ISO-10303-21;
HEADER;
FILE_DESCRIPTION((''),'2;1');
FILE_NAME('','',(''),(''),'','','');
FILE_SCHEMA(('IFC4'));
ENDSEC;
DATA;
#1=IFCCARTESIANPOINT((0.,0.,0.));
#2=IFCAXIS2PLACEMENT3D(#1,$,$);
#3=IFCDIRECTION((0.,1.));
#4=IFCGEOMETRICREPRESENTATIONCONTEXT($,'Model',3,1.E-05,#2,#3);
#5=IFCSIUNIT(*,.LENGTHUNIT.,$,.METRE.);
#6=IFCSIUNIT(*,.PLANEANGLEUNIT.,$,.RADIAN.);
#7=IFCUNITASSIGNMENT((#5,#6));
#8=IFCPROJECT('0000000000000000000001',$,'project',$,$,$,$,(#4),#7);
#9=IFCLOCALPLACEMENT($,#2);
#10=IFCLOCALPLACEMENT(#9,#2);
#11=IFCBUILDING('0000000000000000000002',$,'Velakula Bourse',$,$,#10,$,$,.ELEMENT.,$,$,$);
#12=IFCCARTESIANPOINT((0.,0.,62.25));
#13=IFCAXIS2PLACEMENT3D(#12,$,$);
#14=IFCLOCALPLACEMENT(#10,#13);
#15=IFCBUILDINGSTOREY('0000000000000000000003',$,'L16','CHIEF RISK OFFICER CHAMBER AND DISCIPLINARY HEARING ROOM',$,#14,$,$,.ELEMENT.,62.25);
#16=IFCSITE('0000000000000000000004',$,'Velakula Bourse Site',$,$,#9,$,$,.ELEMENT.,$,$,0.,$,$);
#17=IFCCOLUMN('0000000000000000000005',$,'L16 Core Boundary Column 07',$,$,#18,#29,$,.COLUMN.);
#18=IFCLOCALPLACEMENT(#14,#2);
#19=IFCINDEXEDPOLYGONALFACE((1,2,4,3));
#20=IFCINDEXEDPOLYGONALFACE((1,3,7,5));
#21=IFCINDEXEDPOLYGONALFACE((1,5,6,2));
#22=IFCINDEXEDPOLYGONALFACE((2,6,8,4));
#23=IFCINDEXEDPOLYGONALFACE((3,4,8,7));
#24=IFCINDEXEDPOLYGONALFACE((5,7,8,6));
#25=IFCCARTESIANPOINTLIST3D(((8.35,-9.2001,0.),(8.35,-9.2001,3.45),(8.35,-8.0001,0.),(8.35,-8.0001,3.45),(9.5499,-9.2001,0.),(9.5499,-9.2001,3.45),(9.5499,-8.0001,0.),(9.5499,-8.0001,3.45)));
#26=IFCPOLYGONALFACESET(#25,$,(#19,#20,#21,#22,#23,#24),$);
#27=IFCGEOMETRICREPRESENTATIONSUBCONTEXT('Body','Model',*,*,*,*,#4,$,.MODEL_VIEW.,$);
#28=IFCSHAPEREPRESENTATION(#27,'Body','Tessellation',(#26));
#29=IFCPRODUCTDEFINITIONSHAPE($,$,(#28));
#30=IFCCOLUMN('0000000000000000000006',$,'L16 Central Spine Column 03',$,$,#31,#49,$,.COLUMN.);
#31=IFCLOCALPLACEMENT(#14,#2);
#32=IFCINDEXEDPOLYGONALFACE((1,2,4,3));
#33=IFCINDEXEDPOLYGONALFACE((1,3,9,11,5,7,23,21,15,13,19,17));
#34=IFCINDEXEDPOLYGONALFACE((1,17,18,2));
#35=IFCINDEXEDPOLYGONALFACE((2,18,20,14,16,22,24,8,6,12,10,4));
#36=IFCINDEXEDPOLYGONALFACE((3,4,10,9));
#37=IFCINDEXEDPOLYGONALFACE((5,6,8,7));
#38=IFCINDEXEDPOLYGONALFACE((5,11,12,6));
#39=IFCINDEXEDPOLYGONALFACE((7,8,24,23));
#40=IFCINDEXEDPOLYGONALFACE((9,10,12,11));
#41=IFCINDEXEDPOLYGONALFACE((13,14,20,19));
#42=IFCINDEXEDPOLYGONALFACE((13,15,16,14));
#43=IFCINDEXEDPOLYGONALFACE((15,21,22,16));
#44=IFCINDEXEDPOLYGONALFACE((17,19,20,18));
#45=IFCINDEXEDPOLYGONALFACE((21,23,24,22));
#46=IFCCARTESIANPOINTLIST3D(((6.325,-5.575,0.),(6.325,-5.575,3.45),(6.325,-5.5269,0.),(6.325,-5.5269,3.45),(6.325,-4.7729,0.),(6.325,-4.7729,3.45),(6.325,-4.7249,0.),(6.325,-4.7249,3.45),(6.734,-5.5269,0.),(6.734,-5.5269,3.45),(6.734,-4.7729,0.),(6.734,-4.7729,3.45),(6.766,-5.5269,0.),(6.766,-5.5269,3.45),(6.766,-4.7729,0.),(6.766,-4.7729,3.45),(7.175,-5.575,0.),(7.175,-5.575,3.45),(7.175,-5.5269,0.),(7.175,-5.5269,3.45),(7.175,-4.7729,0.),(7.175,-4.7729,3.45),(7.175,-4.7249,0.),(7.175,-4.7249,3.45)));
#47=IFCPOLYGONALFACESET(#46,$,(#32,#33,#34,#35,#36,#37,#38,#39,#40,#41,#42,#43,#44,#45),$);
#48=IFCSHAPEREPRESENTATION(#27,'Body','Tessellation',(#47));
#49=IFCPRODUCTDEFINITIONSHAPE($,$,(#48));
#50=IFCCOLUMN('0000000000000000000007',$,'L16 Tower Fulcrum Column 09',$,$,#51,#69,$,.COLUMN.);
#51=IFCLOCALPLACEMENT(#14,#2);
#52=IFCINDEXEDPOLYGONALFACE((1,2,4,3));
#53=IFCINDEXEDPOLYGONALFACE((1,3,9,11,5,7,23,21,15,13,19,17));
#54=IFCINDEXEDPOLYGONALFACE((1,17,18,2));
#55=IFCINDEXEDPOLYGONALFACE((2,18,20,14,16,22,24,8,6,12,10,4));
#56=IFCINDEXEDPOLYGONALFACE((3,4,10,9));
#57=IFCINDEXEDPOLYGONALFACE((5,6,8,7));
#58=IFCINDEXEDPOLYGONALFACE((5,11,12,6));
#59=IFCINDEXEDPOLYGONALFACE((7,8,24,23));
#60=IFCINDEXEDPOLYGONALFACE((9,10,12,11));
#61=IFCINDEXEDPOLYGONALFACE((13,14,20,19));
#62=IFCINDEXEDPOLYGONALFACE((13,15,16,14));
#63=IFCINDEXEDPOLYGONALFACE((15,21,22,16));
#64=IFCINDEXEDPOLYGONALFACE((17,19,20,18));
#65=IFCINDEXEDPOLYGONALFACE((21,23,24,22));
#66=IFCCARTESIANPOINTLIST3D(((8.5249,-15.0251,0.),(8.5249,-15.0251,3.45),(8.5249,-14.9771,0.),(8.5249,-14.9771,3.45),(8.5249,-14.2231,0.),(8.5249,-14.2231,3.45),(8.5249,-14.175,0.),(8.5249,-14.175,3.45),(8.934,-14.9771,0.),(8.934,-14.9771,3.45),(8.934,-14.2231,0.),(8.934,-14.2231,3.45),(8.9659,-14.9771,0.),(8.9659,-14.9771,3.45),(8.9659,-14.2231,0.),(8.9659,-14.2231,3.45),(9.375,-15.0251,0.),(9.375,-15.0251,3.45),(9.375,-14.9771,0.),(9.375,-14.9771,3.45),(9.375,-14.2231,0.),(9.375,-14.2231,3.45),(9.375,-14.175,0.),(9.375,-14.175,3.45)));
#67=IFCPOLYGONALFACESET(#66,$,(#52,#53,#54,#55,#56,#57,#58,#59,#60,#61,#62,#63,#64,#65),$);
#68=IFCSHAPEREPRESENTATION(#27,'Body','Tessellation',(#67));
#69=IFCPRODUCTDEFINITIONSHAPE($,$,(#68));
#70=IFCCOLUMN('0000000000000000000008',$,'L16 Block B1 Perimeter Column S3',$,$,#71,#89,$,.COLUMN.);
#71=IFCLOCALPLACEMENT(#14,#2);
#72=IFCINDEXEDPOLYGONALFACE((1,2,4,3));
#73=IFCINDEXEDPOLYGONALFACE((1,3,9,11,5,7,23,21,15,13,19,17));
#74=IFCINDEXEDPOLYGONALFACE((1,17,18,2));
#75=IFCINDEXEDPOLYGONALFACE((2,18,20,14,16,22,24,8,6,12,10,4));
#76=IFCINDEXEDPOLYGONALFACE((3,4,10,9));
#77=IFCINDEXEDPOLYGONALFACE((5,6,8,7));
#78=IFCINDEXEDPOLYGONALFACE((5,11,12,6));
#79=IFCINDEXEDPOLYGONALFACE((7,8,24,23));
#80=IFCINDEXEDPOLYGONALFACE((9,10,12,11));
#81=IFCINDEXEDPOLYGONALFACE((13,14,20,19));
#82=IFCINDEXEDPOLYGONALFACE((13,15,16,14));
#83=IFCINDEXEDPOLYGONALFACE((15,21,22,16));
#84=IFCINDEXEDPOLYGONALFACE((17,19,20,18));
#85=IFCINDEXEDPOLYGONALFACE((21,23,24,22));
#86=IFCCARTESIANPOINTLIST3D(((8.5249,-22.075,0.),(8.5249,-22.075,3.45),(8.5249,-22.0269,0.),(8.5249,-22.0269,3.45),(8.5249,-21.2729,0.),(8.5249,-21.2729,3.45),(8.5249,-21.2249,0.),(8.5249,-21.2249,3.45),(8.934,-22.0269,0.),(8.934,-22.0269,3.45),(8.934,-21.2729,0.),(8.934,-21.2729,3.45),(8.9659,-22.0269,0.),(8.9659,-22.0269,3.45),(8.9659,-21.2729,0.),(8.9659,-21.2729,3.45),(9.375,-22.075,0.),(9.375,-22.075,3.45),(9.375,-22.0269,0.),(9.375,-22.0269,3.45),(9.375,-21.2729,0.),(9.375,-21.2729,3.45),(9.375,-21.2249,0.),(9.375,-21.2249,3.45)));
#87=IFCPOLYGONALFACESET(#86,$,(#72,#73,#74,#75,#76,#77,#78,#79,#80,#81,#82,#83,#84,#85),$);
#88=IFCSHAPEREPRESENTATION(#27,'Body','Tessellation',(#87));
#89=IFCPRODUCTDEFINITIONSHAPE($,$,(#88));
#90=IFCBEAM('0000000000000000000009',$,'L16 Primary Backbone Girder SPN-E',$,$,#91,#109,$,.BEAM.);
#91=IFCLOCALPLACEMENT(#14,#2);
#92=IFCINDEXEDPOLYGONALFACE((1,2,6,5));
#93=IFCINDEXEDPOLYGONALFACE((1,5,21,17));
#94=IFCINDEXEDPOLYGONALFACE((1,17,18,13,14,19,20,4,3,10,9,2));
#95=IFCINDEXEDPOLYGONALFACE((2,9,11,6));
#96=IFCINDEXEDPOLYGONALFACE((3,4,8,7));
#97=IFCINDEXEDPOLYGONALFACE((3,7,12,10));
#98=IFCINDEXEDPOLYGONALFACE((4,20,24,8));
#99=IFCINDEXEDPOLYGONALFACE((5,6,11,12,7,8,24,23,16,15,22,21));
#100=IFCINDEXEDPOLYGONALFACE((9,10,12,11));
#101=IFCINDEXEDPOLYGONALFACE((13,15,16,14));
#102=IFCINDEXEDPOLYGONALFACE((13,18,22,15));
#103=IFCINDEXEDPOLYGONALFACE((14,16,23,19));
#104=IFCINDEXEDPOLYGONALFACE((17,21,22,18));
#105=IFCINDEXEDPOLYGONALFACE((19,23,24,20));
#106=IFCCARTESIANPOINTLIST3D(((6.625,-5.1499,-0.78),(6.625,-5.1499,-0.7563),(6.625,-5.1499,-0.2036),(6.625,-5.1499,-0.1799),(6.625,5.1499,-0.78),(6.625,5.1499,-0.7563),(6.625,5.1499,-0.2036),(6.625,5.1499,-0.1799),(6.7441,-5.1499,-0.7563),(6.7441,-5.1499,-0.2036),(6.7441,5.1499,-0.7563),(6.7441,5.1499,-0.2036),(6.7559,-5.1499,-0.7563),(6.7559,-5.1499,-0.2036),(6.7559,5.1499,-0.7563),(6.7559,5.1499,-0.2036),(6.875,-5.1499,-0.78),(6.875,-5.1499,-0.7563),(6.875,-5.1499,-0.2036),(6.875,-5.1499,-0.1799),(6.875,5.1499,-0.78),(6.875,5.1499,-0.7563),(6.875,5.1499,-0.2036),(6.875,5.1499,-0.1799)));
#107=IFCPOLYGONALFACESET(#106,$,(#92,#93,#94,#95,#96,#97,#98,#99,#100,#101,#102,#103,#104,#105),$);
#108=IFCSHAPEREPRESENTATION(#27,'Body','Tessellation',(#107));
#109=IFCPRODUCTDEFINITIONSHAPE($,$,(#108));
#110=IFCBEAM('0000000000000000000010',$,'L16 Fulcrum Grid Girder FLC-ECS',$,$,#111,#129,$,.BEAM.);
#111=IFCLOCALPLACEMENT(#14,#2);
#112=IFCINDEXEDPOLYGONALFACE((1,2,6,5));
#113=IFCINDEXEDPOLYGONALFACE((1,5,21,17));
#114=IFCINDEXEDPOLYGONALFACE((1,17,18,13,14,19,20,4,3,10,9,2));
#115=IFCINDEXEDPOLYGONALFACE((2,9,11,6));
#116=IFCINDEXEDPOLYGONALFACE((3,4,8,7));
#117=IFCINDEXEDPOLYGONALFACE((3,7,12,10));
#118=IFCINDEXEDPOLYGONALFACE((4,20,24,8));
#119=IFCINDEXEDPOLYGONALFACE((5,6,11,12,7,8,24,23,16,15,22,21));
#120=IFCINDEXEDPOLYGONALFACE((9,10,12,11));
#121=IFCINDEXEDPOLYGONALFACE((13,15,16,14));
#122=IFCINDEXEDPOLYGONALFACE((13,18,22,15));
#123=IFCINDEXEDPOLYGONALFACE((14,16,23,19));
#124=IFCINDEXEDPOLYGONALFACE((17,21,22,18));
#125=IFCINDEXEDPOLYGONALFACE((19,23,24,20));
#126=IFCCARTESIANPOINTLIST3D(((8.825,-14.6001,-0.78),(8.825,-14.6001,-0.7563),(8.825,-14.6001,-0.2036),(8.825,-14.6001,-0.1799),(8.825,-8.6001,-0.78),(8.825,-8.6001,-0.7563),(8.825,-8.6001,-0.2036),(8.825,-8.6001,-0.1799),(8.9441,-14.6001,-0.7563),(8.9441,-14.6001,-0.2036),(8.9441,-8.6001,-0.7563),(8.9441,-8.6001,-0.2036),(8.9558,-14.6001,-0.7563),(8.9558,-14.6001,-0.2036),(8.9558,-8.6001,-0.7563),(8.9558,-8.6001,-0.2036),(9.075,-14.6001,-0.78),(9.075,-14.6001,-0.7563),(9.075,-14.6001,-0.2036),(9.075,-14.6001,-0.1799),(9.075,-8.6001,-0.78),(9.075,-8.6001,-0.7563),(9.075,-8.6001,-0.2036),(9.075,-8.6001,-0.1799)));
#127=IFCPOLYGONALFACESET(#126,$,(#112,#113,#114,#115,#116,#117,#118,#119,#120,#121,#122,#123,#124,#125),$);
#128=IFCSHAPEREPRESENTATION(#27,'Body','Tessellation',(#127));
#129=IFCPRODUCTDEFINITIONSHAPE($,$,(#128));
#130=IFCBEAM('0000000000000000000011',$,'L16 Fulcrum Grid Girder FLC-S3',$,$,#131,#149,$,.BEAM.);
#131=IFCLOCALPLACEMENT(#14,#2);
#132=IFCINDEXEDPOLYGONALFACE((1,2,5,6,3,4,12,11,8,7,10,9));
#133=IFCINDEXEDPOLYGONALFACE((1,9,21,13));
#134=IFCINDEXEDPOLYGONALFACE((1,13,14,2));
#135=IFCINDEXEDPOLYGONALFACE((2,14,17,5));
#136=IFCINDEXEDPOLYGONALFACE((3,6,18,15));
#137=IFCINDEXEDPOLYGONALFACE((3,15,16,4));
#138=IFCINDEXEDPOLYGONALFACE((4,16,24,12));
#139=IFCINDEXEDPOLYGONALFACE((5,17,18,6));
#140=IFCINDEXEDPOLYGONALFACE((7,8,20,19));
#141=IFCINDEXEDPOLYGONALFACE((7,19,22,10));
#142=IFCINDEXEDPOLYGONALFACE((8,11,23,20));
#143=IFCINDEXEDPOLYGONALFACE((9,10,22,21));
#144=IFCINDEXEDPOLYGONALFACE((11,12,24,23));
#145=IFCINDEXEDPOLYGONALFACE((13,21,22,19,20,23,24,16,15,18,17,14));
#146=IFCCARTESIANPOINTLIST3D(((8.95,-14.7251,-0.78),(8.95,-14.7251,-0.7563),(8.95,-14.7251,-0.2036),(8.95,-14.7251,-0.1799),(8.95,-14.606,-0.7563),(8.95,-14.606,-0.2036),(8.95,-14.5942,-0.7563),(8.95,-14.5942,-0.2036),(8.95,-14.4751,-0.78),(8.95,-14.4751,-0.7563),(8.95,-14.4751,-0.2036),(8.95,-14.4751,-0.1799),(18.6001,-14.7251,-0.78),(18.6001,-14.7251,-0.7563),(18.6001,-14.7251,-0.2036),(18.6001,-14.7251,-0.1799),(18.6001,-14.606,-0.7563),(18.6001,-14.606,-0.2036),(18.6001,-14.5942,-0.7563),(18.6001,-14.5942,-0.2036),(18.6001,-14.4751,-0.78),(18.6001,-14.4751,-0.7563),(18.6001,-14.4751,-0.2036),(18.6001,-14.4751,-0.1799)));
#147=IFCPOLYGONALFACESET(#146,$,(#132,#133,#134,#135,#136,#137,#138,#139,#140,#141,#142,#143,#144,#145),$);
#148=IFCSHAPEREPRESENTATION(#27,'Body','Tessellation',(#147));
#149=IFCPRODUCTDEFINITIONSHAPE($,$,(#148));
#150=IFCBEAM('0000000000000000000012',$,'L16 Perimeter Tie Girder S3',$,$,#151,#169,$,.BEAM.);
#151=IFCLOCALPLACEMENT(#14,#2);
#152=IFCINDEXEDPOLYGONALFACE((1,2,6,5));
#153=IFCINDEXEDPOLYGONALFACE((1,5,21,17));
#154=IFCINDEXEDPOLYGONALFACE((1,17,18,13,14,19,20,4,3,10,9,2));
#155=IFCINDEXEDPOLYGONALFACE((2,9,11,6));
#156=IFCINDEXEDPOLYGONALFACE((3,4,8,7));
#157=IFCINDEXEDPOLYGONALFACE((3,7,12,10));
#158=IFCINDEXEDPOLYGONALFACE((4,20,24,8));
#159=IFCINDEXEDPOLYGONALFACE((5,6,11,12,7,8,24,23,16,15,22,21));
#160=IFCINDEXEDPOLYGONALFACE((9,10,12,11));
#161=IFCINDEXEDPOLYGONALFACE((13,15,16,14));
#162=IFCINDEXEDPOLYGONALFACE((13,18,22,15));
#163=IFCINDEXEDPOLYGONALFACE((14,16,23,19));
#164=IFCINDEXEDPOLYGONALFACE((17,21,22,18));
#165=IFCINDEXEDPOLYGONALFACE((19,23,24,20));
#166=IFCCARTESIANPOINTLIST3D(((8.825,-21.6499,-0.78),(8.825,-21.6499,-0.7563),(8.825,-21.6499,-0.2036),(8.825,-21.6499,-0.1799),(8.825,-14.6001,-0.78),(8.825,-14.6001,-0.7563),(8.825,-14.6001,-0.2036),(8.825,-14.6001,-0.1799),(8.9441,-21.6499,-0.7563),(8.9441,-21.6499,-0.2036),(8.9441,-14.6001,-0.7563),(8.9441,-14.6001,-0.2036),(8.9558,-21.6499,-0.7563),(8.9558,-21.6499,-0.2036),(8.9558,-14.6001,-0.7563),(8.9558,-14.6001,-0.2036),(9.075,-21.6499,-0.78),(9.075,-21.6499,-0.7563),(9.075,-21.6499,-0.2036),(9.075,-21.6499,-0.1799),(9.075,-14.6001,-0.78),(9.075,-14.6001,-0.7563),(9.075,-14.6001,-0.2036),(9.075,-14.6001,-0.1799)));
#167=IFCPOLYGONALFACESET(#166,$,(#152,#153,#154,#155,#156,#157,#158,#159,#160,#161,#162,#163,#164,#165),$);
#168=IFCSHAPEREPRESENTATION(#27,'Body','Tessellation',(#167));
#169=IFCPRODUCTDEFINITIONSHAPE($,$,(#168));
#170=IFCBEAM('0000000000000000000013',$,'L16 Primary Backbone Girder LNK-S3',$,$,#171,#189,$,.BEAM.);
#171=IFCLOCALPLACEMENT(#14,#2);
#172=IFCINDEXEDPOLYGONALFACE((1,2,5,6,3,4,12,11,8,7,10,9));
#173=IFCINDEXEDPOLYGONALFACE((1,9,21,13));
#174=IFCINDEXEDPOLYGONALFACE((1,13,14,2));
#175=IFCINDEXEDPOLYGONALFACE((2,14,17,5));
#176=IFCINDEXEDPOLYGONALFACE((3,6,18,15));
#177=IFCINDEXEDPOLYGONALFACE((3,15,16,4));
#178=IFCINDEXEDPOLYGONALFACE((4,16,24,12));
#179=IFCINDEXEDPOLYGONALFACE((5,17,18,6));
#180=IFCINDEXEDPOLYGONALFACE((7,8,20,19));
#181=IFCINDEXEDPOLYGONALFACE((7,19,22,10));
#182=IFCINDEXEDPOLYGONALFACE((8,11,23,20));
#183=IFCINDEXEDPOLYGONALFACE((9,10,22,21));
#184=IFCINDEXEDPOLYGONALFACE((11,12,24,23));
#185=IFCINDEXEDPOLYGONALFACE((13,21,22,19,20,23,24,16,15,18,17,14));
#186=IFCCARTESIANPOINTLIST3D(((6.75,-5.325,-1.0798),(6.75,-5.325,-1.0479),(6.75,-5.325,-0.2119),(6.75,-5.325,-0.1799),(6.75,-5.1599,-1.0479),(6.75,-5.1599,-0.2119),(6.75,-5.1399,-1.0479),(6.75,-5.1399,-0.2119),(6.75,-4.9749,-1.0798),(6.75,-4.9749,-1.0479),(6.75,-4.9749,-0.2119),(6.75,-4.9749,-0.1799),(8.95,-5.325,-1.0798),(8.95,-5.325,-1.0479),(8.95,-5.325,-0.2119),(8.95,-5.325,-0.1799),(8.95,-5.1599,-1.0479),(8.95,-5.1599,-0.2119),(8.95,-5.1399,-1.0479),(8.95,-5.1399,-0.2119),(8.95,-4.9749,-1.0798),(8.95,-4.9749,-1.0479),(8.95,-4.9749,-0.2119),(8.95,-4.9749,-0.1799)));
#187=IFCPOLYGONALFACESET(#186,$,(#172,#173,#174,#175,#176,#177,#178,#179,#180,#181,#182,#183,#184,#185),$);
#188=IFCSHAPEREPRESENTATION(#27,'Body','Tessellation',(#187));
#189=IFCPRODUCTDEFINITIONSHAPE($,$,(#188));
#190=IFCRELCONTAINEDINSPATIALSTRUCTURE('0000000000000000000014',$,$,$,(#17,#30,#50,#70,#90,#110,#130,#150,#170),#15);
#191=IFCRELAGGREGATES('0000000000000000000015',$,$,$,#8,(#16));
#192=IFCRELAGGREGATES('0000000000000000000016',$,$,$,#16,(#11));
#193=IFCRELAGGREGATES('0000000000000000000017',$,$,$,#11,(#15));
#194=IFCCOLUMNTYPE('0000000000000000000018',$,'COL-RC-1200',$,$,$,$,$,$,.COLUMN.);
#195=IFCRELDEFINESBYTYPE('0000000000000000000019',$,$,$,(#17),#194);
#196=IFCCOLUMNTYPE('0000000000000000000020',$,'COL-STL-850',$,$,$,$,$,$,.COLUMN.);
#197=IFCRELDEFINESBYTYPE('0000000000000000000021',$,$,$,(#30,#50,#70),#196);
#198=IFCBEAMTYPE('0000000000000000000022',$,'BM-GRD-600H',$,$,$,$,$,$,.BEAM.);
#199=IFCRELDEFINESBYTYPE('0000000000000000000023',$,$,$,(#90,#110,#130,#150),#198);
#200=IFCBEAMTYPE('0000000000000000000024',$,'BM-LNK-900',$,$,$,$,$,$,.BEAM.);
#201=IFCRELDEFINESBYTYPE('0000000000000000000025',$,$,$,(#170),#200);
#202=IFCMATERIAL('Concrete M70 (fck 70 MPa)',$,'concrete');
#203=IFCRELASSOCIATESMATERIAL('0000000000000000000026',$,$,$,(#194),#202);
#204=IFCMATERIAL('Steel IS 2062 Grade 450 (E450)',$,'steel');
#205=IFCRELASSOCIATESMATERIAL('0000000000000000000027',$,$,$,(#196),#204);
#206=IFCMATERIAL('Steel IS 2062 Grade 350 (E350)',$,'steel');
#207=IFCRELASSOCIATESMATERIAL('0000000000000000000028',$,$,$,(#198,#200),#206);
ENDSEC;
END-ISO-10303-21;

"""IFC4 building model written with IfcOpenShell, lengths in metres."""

from ifc_helpers import new_model, si_unit, direction, frame, origin, origin_2d, place, context, subcontext, project, spatial, rectangle, i_section, extrude, material, material_profile, profile_set, type_object, element, save


model = new_model("IFC4")

# Units and contexts
model_context = context("Model", 3, precision=1e-05, world=origin(), true_north=direction((0.0, 1.0)))
body_context = subcontext(model_context, "Body", "Model", "MODEL_VIEW")
ifc_project = project(units=[si_unit("LENGTHUNIT", "METRE"), si_unit("PLANEANGLEUNIT", "RADIAN")], contexts=[model_context])

# Site, building, storey
site_placement = place(None, origin())
site = spatial("IfcSite", under=ifc_project, at=site_placement, Name="Velakula Bourse Site", CompositionType="ELEMENT", RefElevation=0.0)
building_placement = place(site_placement, origin())
building = spatial("IfcBuilding", under=site, at=building_placement, Name="Velakula Bourse", CompositionType="ELEMENT")
storey_placement = place(building_placement, frame((0.0, 0.0, 62.25)))
storey = spatial("IfcBuildingStorey", under=building, at=storey_placement, Name="L16", Description="CHIEF RISK OFFICER CHAMBER AND DISCIPLINARY HEARING ROOM", CompositionType="ELEMENT", Elevation=62.25)

# Columns
ifc_material_1 = material(Name="Concrete M70 (fck 70 MPa)", Category="concrete")
ifc_material_profile_1 = material_profile(ifc_material_1, rectangle(XDim=1.2, YDim=1.2, at=origin_2d()), Name="Concrete M70 (fck 70 MPa)")
ifc_profile_set_1 = profile_set([ifc_material_profile_1], Name="Concrete M70 (fck 70 MPa)")
column_type_1 = type_object("IfcColumnType", Name="COL-RC-1200", PredefinedType="COLUMN", material=ifc_profile_set_1)
column_placement = place(storey_placement, frame((8.95, -8.6001, 0.0), z_axis=(0.0, 0.0, 1.0), x_axis=(1.0, 0.0, 0.0)))
element("IfcColumn", 1, at=column_placement, inside=storey, type_object=column_type_1, Name="L16 Core Boundary Column 07", PredefinedType="COLUMN", context=body_context, shape_type="SweptSolid", body=[
    extrude(rectangle(XDim=1.2, YDim=1.2, at=origin_2d()), origin(), (0.0, 0.0, 1.0), 3.45),
])
ifc_material_2 = material(Name="Steel IS 2062 Grade 450 (E450)", Category="steel")
ifc_material_profile_2 = material_profile(ifc_material_2, i_section(OverallWidth=0.8501, OverallDepth=0.8501, WebThickness=0.032, FlangeThickness=0.0481, at=origin_2d()), Name="Steel IS 2062 Grade 450 (E450)")
ifc_profile_set_2 = profile_set([ifc_material_profile_2], Name="Steel IS 2062 Grade 450 (E450)")
column_type_2 = type_object("IfcColumnType", Name="COL-STL-850", PredefinedType="COLUMN", material=ifc_profile_set_2)
for number, where, z_axis, x_axis, name in (
    (2, (6.75, -5.1499, 0.0), (0.0, 0.0, 1.0), (1.0, 0.0, 0.0), "L16 Central Spine Column 03"),
    (3, (8.95, -14.6001, 0.0), (0.0, 0.0, 1.0), (1.0, 0.0, 0.0), "L16 Tower Fulcrum Column 09"),
    (4, (8.95, -21.6499, 0.0), (0.0, 0.0, 1.0), (1.0, 0.0, 0.0), "L16 Block B1 Perimeter Column S3"),
):
    element("IfcColumn", number, at=place(storey_placement, frame(where, z_axis=z_axis, x_axis=x_axis)), inside=storey, type_object=column_type_2, Name=name, PredefinedType="COLUMN", context=body_context, shape_type="SweptSolid", body=[
        extrude(i_section(OverallWidth=0.8501, OverallDepth=0.8501, WebThickness=0.032, FlangeThickness=0.0481, at=origin_2d()), origin(), (0.0, 0.0, 1.0), 3.45),
    ])

# Beams
ifc_material_3 = material(Name="Steel IS 2062 Grade 350 (E350)", Category="steel")
ifc_material_profile_3 = material_profile(ifc_material_3, i_section(OverallWidth=0.25, OverallDepth=0.6001, WebThickness=0.0117, FlangeThickness=0.0237, at=origin_2d()), Name="Steel IS 2062 Grade 350 (E350)")
ifc_profile_set_3 = profile_set([ifc_material_profile_3], Name="Steel IS 2062 Grade 350 (E350)")
beam_type_1 = type_object("IfcBeamType", Name="BM-GRD-600H", PredefinedType="BEAM", material=ifc_profile_set_3)
beam_1_placement = place(storey_placement, frame((6.75, -5.1499, -0.48), z_axis=(0.0, 1.0, 0.0), x_axis=(-1.0, 0.0, 0.0)))
element("IfcBeam", 5, at=beam_1_placement, inside=storey, type_object=beam_type_1, Name="L16 Primary Backbone Girder SPN-E", PredefinedType="BEAM", context=body_context, shape_type="SweptSolid", body=[
    extrude(i_section(OverallWidth=0.25, OverallDepth=0.6001, WebThickness=0.0117, FlangeThickness=0.0237, at=origin_2d()), origin(), (0.0, 0.0, 1.0), 10.2998),
])
beam_2_placement = place(storey_placement, frame((8.95, -14.6001, -0.48), z_axis=(0.0, 1.0, 0.0), x_axis=(-1.0, 0.0, 0.0)))
element("IfcBeam", 6, at=beam_2_placement, inside=storey, type_object=beam_type_1, Name="L16 Fulcrum Grid Girder FLC-ECS", PredefinedType="BEAM", context=body_context, shape_type="SweptSolid", body=[
    extrude(i_section(OverallWidth=0.25, OverallDepth=0.6001, WebThickness=0.0117, FlangeThickness=0.0237, at=origin_2d()), origin(), (0.0, 0.0, 1.0), 6.0),
])
beam_3_placement = place(storey_placement, frame((8.95, -14.6001, -0.48), z_axis=(1.0, 0.0, 0.0), x_axis=(0.0, 1.0, 0.0)))
element("IfcBeam", 7, at=beam_3_placement, inside=storey, type_object=beam_type_1, Name="L16 Fulcrum Grid Girder FLC-S3", PredefinedType="BEAM", context=body_context, shape_type="SweptSolid", body=[
    extrude(i_section(OverallWidth=0.25, OverallDepth=0.6001, WebThickness=0.0117, FlangeThickness=0.0237, at=origin_2d()), origin(), (0.0, 0.0, 1.0), 9.6501),
])
beam_4_placement = place(storey_placement, frame((8.95, -14.6001, -0.48), z_axis=(0.0, -1.0, 0.0), x_axis=(1.0, 0.0, 0.0)))
element("IfcBeam", 8, at=beam_4_placement, inside=storey, type_object=beam_type_1, Name="L16 Perimeter Tie Girder S3", PredefinedType="BEAM", context=body_context, shape_type="SweptSolid", body=[
    extrude(i_section(OverallWidth=0.25, OverallDepth=0.6001, WebThickness=0.0117, FlangeThickness=0.0237, at=origin_2d()), origin(), (0.0, 0.0, 1.0), 7.0498),
])
ifc_material_profile_4 = material_profile(ifc_material_3, i_section(OverallWidth=0.3501, OverallDepth=0.8999, WebThickness=0.02, FlangeThickness=0.032, at=origin_2d()), Name="Steel IS 2062 Grade 350 (E350)")
ifc_profile_set_4 = profile_set([ifc_material_profile_4], Name="Steel IS 2062 Grade 350 (E350)")
beam_type_2 = type_object("IfcBeamType", Name="BM-LNK-900", PredefinedType="BEAM", material=ifc_profile_set_4)
beam_5_placement = place(storey_placement, frame((6.75, -5.1499, -0.6299), z_axis=(1.0, 0.0, 0.0), x_axis=(0.0, 1.0, 0.0)))
element("IfcBeam", 9, at=beam_5_placement, inside=storey, type_object=beam_type_2, Name="L16 Primary Backbone Girder LNK-S3", PredefinedType="BEAM", context=body_context, shape_type="SweptSolid", body=[
    extrude(i_section(OverallWidth=0.3501, OverallDepth=0.8999, WebThickness=0.02, FlangeThickness=0.032, at=origin_2d()), origin(), (0.0, 0.0, 1.0), 2.2),
])

save(model, "model.ifc")
